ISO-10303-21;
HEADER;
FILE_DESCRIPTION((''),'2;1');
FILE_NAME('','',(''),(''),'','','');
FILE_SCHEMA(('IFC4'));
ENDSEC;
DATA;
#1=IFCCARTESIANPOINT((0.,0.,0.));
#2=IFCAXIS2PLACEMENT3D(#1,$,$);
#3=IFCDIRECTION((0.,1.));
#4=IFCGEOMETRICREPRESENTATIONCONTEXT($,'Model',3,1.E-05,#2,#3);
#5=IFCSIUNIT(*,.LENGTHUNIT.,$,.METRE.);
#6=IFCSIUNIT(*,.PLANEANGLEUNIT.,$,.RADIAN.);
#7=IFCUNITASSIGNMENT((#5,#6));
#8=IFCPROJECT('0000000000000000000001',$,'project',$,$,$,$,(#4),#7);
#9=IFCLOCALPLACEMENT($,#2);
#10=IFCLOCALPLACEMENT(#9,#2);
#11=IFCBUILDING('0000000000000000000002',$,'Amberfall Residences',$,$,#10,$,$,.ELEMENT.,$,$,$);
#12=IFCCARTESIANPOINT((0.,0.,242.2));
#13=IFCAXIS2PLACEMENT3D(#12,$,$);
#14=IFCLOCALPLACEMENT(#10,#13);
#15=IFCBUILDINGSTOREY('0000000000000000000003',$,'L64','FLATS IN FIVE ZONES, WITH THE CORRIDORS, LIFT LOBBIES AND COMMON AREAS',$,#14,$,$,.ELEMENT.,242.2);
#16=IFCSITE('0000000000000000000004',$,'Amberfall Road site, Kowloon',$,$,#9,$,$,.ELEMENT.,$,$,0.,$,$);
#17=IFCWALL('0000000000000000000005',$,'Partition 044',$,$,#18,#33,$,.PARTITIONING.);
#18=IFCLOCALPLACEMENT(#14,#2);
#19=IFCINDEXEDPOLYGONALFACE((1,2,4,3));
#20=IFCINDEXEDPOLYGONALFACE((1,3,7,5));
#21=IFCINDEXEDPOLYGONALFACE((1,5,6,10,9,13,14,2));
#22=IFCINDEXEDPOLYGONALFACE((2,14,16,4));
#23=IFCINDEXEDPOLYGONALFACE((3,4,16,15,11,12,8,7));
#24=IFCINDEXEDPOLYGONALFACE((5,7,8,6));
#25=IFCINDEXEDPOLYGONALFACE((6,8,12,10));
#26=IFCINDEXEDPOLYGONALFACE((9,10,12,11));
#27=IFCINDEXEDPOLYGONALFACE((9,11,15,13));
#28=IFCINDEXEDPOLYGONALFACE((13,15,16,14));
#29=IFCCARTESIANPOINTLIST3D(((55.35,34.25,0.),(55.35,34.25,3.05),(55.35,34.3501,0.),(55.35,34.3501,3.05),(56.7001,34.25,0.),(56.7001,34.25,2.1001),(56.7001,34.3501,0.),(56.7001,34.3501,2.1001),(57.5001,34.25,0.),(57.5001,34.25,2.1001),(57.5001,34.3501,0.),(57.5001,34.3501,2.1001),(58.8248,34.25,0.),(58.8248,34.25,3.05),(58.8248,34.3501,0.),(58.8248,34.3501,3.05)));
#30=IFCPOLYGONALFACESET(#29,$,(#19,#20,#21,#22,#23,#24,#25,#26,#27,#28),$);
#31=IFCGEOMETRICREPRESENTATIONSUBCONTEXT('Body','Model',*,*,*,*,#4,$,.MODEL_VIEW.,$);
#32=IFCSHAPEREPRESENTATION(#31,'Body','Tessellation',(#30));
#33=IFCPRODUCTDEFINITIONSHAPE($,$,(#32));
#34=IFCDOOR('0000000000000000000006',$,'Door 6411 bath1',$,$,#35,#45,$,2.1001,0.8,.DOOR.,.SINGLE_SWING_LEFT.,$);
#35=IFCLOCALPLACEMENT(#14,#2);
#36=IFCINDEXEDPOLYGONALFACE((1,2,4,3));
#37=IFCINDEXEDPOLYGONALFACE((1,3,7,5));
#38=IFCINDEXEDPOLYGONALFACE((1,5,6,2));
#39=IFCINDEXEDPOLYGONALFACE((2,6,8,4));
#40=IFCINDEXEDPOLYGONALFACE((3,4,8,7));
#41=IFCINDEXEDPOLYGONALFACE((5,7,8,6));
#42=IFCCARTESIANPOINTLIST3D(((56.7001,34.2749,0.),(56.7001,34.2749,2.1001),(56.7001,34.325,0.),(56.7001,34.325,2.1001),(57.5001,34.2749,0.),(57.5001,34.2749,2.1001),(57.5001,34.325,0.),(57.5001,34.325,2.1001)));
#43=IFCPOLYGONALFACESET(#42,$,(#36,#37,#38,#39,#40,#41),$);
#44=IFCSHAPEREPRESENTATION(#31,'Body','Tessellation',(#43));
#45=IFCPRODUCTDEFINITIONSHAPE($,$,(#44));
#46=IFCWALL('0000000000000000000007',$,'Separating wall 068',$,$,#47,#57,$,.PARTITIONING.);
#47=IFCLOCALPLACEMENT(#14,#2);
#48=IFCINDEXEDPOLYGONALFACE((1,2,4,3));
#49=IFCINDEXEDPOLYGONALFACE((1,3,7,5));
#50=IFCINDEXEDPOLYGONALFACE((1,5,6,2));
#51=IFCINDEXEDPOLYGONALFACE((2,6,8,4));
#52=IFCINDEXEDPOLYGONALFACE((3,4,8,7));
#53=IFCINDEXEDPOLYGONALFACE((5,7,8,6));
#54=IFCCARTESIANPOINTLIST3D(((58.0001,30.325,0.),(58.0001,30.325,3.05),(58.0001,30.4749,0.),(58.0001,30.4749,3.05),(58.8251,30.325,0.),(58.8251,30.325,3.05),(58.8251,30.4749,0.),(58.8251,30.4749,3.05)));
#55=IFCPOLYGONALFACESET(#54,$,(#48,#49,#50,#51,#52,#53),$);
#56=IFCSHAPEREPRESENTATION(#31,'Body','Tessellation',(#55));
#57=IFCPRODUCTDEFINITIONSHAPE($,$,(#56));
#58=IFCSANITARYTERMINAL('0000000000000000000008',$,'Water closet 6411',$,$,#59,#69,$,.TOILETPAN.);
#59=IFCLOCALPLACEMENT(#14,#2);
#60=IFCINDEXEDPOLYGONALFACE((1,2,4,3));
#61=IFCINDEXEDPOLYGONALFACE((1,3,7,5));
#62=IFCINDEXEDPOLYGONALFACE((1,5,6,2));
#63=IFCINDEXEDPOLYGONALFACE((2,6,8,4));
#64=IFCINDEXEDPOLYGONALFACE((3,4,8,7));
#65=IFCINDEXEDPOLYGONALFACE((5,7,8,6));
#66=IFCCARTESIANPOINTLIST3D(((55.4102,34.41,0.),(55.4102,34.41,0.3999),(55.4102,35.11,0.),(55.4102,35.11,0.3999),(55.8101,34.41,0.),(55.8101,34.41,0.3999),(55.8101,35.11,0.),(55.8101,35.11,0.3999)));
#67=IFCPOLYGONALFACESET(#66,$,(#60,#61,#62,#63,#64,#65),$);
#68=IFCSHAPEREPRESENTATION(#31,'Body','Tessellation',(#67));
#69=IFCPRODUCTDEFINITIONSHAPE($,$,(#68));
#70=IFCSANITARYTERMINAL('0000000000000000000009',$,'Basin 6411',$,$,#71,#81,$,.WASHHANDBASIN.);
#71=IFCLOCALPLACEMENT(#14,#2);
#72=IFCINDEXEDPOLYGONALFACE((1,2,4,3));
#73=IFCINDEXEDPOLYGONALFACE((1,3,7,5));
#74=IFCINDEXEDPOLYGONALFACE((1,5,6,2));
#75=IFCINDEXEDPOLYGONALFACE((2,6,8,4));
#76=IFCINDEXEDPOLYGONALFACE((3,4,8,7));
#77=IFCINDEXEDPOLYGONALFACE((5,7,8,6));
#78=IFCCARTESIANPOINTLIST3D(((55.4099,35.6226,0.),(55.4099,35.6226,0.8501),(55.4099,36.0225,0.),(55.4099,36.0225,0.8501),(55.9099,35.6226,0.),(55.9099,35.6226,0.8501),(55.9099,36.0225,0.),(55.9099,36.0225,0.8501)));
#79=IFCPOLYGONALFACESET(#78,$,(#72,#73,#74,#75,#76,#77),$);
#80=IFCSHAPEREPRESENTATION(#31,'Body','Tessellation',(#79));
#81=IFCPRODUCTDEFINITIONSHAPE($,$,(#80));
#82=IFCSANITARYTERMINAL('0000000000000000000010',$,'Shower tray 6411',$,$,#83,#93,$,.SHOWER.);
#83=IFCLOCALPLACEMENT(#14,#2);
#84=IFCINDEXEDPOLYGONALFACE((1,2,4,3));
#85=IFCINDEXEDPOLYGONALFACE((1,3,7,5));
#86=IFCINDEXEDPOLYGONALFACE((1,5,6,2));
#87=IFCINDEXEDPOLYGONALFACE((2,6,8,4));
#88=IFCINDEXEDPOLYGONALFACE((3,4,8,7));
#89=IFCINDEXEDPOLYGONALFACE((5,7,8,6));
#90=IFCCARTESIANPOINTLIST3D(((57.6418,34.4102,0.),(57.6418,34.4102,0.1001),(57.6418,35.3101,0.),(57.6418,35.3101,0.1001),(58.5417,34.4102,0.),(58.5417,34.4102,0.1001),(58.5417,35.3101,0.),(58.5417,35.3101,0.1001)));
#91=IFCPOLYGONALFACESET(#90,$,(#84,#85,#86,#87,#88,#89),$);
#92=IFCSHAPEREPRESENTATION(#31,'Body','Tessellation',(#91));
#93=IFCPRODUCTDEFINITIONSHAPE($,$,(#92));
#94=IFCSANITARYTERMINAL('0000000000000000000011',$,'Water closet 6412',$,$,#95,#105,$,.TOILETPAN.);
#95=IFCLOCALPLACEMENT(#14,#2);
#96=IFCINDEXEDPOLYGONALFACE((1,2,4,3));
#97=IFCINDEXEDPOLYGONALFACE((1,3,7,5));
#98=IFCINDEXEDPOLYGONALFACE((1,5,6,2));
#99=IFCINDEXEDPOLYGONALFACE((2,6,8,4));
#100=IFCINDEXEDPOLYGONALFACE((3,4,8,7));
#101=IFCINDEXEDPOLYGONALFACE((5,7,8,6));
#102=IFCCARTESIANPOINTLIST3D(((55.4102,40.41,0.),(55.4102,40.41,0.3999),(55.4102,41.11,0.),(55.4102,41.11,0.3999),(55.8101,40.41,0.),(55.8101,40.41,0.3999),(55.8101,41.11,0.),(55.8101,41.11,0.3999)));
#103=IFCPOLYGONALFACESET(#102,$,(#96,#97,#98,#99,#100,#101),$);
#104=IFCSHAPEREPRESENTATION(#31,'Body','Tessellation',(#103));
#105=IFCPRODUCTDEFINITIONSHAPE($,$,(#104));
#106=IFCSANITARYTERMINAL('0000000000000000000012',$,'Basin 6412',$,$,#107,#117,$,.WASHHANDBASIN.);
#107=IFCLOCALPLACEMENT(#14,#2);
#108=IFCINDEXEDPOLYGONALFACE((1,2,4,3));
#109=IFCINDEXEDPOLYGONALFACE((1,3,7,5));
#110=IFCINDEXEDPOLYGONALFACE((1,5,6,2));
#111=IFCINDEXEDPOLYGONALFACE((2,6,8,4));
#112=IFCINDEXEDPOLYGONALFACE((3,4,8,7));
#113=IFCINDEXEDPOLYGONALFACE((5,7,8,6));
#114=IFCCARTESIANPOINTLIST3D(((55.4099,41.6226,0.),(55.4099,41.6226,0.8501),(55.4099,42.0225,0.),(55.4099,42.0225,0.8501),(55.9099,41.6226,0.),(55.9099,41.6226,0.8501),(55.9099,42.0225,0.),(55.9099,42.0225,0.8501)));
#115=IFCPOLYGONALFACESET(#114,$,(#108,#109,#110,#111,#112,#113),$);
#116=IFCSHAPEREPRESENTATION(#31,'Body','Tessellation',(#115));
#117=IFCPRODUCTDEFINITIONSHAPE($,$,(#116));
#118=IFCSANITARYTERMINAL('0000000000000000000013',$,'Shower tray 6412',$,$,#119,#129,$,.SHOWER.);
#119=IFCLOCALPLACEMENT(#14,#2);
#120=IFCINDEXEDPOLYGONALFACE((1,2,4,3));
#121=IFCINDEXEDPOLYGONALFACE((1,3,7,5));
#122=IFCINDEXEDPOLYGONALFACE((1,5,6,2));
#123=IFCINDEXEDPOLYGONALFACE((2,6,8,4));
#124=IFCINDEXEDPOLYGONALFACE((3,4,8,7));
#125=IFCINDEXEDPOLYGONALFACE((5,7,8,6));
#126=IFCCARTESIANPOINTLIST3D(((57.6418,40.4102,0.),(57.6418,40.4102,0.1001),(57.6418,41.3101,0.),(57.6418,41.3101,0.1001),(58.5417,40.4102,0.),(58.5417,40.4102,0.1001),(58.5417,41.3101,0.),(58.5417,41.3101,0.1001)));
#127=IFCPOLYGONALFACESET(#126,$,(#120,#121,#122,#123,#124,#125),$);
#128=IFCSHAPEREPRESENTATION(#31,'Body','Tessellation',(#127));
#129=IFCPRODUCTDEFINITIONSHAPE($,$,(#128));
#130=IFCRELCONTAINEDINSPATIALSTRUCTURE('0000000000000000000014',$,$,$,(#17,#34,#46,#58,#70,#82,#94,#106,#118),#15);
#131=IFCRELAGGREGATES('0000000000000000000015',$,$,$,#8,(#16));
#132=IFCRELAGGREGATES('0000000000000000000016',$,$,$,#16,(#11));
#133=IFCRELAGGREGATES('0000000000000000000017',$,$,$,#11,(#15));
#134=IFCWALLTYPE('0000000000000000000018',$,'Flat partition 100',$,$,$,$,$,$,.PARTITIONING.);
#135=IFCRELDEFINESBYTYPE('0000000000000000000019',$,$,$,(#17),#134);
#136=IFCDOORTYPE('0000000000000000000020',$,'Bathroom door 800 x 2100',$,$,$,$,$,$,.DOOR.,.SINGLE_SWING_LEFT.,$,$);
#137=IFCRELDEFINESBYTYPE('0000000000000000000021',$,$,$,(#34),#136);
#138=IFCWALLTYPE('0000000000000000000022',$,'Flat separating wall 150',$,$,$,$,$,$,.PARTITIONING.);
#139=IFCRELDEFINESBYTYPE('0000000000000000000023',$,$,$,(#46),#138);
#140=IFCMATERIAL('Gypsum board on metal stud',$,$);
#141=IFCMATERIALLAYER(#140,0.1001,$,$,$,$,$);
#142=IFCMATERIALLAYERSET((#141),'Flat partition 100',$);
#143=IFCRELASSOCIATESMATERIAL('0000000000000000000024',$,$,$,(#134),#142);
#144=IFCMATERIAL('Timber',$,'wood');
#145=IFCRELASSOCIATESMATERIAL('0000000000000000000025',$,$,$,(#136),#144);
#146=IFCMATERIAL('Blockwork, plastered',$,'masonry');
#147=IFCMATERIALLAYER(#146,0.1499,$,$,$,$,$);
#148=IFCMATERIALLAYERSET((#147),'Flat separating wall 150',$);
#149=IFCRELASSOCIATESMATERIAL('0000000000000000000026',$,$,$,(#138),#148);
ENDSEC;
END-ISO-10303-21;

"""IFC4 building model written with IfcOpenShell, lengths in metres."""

from ifc_helpers import new_model, si_unit, direction, frame, frame_2d, origin, origin_2d, place, context, subcontext, project, spatial, rectangle, extrude, material, layer, layer_set, type_object, element, fill, save


model = new_model("IFC4")

# Units and contexts
model_context = context("Model", 3, precision=1e-05, world=origin(), true_north=direction((0.0, 1.0)))
body_context = subcontext(model_context, "Body", "Model", "MODEL_VIEW")
ifc_project = project(units=[si_unit("LENGTHUNIT", "METRE"), si_unit("PLANEANGLEUNIT", "RADIAN")], contexts=[model_context])

# Site, building, storey
site_placement = place(None, origin())
site = spatial("IfcSite", under=ifc_project, at=site_placement, Name="Amberfall Road site, Kowloon", CompositionType="ELEMENT", RefElevation=0.0)
building_placement = place(site_placement, origin())
building = spatial("IfcBuilding", under=site, at=building_placement, Name="Amberfall Residences", CompositionType="ELEMENT")
storey_placement = place(building_placement, frame((0.0, 0.0, 242.2)))
storey = spatial("IfcBuildingStorey", under=building, at=storey_placement, Name="L64", Description="FLATS IN FIVE ZONES, WITH THE CORRIDORS, LIFT LOBBIES AND COMMON AREAS", CompositionType="ELEMENT", Elevation=242.2)

# Shared definitions
ifc_material_1 = material(Name="Gypsum board on metal stud")
ifc_layer_1 = layer(ifc_material_1, 0.1001)
ifc_layer_set_1 = layer_set([ifc_layer_1], Name="Flat partition 100")
wall_type_1 = type_object("IfcWallType", Name="Flat partition 100", PredefinedType="PARTITIONING", material=ifc_layer_set_1)

# Wall, opening, door
ifc_material_2 = material(Name="Timber", Category="wood")
door_type = type_object("IfcDoorType", Name="Bathroom door 800 x 2100", OperationType="SINGLE_SWING_LEFT", PredefinedType="DOOR", material=ifc_material_2)
wall_1_placement = place(storey_placement, frame((55.3501, 34.3, 0.0), z_axis=(0.0, 0.0, 1.0), x_axis=(1.0, 0.0, 0.0)))
wall_1 = element("IfcWall", 1, at=wall_1_placement, inside=storey, type_object=wall_type_1, Name="Partition 044", PredefinedType="PARTITIONING", context=body_context, shape_type="SweptSolid", body=[
    extrude(rectangle(XDim=3.4749, YDim=0.1001, at=frame_2d((1.7373, 0.0))), origin(), (0.0, 0.0, 1.0), 3.05),
])
opening_1_placement = place(wall_1_placement, frame((1.3501, 0.0, 0.0)))
opening_1 = element("IfcOpeningElement", 2, at=opening_1_placement, cuts=wall_1, PredefinedType="OPENING", context=body_context, shape_type="SweptSolid", body=[
    extrude(rectangle(XDim=0.8, YDim=2.1001, at=frame_2d((0.3999, 1.05))), frame((0.0, 0.0601, 0.0), z_axis=(0.0, -1.0, 0.0), x_axis=(1.0, 0.0, 0.0)), (0.0, 0.0, 1.0), 0.1201),
])
door_1_placement = place(opening_1_placement, origin())
door_1 = element("IfcDoor", 3, at=door_1_placement, inside=storey, type_object=door_type, Name="Door 6411 bath1", OperationType="SINGLE_SWING_LEFT", OverallHeight=2.1001, OverallWidth=0.8, PredefinedType="DOOR", context=body_context, shape_type="SweptSolid", body=[
    extrude(rectangle(XDim=0.8, YDim=2.1001, at=frame_2d((0.3999, 1.05))), frame((0.0, 0.0249, 0.0), z_axis=(0.0, -1.0, 0.0), x_axis=(1.0, 0.0, 0.0)), (0.0, 0.0, 1.0), 0.05),
])
fill(opening_1, door_1)

# Wall
ifc_material_3 = material(Name="Blockwork, plastered", Category="masonry")
ifc_layer_2 = layer(ifc_material_3, 0.1499)
ifc_layer_set_2 = layer_set([ifc_layer_2], Name="Flat separating wall 150")
wall_type_2 = type_object("IfcWallType", Name="Flat separating wall 150", PredefinedType="PARTITIONING", material=ifc_layer_set_2)
wall_2_placement = place(storey_placement, frame((58.0, 30.3999, 0.0), z_axis=(0.0, 0.0, 1.0), x_axis=(1.0, 0.0, 0.0)))
element("IfcWall", 4, at=wall_2_placement, inside=storey, type_object=wall_type_2, Name="Separating wall 068", PredefinedType="PARTITIONING", context=body_context, shape_type="SweptSolid", body=[
    extrude(rectangle(XDim=0.825, YDim=0.1499, at=frame_2d((0.4126, 0.0))), origin(), (0.0, 0.0, 1.0), 3.05),
])

# Sanitary terminals
sanitary_terminal_1_placement = place(storey_placement, frame((55.6101, 34.76, 0.0), z_axis=(0.0, 0.0, 1.0), x_axis=(1.0, 0.0, 0.0)))
element("IfcSanitaryTerminal", 5, at=sanitary_terminal_1_placement, inside=storey, Name="Water closet 6411", PredefinedType="TOILETPAN", context=body_context, shape_type="SweptSolid", body=[
    extrude(rectangle(XDim=0.3999, YDim=0.7, at=origin_2d()), origin(), (0.0, 0.0, 1.0), 0.3999),
])
sanitary_terminal_2_placement = place(storey_placement, frame((55.6599, 35.8225, 0.0), z_axis=(0.0, 0.0, 1.0), x_axis=(1.0, 0.0, 0.0)))
element("IfcSanitaryTerminal", 6, at=sanitary_terminal_2_placement, inside=storey, Name="Basin 6411", PredefinedType="WASHHANDBASIN", context=body_context, shape_type="SweptSolid", body=[
    extrude(rectangle(XDim=0.5, YDim=0.3999, at=origin_2d()), origin(), (0.0, 0.0, 1.0), 0.8501),
])
sanitary_terminal_3_placement = place(storey_placement, frame((58.0918, 34.8601, 0.0), z_axis=(0.0, 0.0, 1.0), x_axis=(1.0, 0.0, 0.0)))
element("IfcSanitaryTerminal", 7, at=sanitary_terminal_3_placement, inside=storey, Name="Shower tray 6411", PredefinedType="SHOWER", context=body_context, shape_type="SweptSolid", body=[
    extrude(rectangle(XDim=0.8999, YDim=0.8999, at=origin_2d()), origin(), (0.0, 0.0, 1.0), 0.1001),
])
sanitary_terminal_4_placement = place(storey_placement, frame((55.6101, 40.76, 0.0), z_axis=(0.0, 0.0, 1.0), x_axis=(1.0, 0.0, 0.0)))
element("IfcSanitaryTerminal", 8, at=sanitary_terminal_4_placement, inside=storey, Name="Water closet 6412", PredefinedType="TOILETPAN", context=body_context, shape_type="SweptSolid", body=[
    extrude(rectangle(XDim=0.3999, YDim=0.7, at=origin_2d()), origin(), (0.0, 0.0, 1.0), 0.3999),
])
sanitary_terminal_5_placement = place(storey_placement, frame((55.6599, 41.8225, 0.0), z_axis=(0.0, 0.0, 1.0), x_axis=(1.0, 0.0, 0.0)))
element("IfcSanitaryTerminal", 9, at=sanitary_terminal_5_placement, inside=storey, Name="Basin 6412", PredefinedType="WASHHANDBASIN", context=body_context, shape_type="SweptSolid", body=[
    extrude(rectangle(XDim=0.5, YDim=0.3999, at=origin_2d()), origin(), (0.0, 0.0, 1.0), 0.8501),
])
sanitary_terminal_6_placement = place(storey_placement, frame((58.0918, 40.8601, 0.0), z_axis=(0.0, 0.0, 1.0), x_axis=(1.0, 0.0, 0.0)))
element("IfcSanitaryTerminal", 10, at=sanitary_terminal_6_placement, inside=storey, Name="Shower tray 6412", PredefinedType="SHOWER", context=body_context, shape_type="SweptSolid", body=[
    extrude(rectangle(XDim=0.8999, YDim=0.8999, at=origin_2d()), origin(), (0.0, 0.0, 1.0), 0.1001),
])

save(model, "model.ifc")
